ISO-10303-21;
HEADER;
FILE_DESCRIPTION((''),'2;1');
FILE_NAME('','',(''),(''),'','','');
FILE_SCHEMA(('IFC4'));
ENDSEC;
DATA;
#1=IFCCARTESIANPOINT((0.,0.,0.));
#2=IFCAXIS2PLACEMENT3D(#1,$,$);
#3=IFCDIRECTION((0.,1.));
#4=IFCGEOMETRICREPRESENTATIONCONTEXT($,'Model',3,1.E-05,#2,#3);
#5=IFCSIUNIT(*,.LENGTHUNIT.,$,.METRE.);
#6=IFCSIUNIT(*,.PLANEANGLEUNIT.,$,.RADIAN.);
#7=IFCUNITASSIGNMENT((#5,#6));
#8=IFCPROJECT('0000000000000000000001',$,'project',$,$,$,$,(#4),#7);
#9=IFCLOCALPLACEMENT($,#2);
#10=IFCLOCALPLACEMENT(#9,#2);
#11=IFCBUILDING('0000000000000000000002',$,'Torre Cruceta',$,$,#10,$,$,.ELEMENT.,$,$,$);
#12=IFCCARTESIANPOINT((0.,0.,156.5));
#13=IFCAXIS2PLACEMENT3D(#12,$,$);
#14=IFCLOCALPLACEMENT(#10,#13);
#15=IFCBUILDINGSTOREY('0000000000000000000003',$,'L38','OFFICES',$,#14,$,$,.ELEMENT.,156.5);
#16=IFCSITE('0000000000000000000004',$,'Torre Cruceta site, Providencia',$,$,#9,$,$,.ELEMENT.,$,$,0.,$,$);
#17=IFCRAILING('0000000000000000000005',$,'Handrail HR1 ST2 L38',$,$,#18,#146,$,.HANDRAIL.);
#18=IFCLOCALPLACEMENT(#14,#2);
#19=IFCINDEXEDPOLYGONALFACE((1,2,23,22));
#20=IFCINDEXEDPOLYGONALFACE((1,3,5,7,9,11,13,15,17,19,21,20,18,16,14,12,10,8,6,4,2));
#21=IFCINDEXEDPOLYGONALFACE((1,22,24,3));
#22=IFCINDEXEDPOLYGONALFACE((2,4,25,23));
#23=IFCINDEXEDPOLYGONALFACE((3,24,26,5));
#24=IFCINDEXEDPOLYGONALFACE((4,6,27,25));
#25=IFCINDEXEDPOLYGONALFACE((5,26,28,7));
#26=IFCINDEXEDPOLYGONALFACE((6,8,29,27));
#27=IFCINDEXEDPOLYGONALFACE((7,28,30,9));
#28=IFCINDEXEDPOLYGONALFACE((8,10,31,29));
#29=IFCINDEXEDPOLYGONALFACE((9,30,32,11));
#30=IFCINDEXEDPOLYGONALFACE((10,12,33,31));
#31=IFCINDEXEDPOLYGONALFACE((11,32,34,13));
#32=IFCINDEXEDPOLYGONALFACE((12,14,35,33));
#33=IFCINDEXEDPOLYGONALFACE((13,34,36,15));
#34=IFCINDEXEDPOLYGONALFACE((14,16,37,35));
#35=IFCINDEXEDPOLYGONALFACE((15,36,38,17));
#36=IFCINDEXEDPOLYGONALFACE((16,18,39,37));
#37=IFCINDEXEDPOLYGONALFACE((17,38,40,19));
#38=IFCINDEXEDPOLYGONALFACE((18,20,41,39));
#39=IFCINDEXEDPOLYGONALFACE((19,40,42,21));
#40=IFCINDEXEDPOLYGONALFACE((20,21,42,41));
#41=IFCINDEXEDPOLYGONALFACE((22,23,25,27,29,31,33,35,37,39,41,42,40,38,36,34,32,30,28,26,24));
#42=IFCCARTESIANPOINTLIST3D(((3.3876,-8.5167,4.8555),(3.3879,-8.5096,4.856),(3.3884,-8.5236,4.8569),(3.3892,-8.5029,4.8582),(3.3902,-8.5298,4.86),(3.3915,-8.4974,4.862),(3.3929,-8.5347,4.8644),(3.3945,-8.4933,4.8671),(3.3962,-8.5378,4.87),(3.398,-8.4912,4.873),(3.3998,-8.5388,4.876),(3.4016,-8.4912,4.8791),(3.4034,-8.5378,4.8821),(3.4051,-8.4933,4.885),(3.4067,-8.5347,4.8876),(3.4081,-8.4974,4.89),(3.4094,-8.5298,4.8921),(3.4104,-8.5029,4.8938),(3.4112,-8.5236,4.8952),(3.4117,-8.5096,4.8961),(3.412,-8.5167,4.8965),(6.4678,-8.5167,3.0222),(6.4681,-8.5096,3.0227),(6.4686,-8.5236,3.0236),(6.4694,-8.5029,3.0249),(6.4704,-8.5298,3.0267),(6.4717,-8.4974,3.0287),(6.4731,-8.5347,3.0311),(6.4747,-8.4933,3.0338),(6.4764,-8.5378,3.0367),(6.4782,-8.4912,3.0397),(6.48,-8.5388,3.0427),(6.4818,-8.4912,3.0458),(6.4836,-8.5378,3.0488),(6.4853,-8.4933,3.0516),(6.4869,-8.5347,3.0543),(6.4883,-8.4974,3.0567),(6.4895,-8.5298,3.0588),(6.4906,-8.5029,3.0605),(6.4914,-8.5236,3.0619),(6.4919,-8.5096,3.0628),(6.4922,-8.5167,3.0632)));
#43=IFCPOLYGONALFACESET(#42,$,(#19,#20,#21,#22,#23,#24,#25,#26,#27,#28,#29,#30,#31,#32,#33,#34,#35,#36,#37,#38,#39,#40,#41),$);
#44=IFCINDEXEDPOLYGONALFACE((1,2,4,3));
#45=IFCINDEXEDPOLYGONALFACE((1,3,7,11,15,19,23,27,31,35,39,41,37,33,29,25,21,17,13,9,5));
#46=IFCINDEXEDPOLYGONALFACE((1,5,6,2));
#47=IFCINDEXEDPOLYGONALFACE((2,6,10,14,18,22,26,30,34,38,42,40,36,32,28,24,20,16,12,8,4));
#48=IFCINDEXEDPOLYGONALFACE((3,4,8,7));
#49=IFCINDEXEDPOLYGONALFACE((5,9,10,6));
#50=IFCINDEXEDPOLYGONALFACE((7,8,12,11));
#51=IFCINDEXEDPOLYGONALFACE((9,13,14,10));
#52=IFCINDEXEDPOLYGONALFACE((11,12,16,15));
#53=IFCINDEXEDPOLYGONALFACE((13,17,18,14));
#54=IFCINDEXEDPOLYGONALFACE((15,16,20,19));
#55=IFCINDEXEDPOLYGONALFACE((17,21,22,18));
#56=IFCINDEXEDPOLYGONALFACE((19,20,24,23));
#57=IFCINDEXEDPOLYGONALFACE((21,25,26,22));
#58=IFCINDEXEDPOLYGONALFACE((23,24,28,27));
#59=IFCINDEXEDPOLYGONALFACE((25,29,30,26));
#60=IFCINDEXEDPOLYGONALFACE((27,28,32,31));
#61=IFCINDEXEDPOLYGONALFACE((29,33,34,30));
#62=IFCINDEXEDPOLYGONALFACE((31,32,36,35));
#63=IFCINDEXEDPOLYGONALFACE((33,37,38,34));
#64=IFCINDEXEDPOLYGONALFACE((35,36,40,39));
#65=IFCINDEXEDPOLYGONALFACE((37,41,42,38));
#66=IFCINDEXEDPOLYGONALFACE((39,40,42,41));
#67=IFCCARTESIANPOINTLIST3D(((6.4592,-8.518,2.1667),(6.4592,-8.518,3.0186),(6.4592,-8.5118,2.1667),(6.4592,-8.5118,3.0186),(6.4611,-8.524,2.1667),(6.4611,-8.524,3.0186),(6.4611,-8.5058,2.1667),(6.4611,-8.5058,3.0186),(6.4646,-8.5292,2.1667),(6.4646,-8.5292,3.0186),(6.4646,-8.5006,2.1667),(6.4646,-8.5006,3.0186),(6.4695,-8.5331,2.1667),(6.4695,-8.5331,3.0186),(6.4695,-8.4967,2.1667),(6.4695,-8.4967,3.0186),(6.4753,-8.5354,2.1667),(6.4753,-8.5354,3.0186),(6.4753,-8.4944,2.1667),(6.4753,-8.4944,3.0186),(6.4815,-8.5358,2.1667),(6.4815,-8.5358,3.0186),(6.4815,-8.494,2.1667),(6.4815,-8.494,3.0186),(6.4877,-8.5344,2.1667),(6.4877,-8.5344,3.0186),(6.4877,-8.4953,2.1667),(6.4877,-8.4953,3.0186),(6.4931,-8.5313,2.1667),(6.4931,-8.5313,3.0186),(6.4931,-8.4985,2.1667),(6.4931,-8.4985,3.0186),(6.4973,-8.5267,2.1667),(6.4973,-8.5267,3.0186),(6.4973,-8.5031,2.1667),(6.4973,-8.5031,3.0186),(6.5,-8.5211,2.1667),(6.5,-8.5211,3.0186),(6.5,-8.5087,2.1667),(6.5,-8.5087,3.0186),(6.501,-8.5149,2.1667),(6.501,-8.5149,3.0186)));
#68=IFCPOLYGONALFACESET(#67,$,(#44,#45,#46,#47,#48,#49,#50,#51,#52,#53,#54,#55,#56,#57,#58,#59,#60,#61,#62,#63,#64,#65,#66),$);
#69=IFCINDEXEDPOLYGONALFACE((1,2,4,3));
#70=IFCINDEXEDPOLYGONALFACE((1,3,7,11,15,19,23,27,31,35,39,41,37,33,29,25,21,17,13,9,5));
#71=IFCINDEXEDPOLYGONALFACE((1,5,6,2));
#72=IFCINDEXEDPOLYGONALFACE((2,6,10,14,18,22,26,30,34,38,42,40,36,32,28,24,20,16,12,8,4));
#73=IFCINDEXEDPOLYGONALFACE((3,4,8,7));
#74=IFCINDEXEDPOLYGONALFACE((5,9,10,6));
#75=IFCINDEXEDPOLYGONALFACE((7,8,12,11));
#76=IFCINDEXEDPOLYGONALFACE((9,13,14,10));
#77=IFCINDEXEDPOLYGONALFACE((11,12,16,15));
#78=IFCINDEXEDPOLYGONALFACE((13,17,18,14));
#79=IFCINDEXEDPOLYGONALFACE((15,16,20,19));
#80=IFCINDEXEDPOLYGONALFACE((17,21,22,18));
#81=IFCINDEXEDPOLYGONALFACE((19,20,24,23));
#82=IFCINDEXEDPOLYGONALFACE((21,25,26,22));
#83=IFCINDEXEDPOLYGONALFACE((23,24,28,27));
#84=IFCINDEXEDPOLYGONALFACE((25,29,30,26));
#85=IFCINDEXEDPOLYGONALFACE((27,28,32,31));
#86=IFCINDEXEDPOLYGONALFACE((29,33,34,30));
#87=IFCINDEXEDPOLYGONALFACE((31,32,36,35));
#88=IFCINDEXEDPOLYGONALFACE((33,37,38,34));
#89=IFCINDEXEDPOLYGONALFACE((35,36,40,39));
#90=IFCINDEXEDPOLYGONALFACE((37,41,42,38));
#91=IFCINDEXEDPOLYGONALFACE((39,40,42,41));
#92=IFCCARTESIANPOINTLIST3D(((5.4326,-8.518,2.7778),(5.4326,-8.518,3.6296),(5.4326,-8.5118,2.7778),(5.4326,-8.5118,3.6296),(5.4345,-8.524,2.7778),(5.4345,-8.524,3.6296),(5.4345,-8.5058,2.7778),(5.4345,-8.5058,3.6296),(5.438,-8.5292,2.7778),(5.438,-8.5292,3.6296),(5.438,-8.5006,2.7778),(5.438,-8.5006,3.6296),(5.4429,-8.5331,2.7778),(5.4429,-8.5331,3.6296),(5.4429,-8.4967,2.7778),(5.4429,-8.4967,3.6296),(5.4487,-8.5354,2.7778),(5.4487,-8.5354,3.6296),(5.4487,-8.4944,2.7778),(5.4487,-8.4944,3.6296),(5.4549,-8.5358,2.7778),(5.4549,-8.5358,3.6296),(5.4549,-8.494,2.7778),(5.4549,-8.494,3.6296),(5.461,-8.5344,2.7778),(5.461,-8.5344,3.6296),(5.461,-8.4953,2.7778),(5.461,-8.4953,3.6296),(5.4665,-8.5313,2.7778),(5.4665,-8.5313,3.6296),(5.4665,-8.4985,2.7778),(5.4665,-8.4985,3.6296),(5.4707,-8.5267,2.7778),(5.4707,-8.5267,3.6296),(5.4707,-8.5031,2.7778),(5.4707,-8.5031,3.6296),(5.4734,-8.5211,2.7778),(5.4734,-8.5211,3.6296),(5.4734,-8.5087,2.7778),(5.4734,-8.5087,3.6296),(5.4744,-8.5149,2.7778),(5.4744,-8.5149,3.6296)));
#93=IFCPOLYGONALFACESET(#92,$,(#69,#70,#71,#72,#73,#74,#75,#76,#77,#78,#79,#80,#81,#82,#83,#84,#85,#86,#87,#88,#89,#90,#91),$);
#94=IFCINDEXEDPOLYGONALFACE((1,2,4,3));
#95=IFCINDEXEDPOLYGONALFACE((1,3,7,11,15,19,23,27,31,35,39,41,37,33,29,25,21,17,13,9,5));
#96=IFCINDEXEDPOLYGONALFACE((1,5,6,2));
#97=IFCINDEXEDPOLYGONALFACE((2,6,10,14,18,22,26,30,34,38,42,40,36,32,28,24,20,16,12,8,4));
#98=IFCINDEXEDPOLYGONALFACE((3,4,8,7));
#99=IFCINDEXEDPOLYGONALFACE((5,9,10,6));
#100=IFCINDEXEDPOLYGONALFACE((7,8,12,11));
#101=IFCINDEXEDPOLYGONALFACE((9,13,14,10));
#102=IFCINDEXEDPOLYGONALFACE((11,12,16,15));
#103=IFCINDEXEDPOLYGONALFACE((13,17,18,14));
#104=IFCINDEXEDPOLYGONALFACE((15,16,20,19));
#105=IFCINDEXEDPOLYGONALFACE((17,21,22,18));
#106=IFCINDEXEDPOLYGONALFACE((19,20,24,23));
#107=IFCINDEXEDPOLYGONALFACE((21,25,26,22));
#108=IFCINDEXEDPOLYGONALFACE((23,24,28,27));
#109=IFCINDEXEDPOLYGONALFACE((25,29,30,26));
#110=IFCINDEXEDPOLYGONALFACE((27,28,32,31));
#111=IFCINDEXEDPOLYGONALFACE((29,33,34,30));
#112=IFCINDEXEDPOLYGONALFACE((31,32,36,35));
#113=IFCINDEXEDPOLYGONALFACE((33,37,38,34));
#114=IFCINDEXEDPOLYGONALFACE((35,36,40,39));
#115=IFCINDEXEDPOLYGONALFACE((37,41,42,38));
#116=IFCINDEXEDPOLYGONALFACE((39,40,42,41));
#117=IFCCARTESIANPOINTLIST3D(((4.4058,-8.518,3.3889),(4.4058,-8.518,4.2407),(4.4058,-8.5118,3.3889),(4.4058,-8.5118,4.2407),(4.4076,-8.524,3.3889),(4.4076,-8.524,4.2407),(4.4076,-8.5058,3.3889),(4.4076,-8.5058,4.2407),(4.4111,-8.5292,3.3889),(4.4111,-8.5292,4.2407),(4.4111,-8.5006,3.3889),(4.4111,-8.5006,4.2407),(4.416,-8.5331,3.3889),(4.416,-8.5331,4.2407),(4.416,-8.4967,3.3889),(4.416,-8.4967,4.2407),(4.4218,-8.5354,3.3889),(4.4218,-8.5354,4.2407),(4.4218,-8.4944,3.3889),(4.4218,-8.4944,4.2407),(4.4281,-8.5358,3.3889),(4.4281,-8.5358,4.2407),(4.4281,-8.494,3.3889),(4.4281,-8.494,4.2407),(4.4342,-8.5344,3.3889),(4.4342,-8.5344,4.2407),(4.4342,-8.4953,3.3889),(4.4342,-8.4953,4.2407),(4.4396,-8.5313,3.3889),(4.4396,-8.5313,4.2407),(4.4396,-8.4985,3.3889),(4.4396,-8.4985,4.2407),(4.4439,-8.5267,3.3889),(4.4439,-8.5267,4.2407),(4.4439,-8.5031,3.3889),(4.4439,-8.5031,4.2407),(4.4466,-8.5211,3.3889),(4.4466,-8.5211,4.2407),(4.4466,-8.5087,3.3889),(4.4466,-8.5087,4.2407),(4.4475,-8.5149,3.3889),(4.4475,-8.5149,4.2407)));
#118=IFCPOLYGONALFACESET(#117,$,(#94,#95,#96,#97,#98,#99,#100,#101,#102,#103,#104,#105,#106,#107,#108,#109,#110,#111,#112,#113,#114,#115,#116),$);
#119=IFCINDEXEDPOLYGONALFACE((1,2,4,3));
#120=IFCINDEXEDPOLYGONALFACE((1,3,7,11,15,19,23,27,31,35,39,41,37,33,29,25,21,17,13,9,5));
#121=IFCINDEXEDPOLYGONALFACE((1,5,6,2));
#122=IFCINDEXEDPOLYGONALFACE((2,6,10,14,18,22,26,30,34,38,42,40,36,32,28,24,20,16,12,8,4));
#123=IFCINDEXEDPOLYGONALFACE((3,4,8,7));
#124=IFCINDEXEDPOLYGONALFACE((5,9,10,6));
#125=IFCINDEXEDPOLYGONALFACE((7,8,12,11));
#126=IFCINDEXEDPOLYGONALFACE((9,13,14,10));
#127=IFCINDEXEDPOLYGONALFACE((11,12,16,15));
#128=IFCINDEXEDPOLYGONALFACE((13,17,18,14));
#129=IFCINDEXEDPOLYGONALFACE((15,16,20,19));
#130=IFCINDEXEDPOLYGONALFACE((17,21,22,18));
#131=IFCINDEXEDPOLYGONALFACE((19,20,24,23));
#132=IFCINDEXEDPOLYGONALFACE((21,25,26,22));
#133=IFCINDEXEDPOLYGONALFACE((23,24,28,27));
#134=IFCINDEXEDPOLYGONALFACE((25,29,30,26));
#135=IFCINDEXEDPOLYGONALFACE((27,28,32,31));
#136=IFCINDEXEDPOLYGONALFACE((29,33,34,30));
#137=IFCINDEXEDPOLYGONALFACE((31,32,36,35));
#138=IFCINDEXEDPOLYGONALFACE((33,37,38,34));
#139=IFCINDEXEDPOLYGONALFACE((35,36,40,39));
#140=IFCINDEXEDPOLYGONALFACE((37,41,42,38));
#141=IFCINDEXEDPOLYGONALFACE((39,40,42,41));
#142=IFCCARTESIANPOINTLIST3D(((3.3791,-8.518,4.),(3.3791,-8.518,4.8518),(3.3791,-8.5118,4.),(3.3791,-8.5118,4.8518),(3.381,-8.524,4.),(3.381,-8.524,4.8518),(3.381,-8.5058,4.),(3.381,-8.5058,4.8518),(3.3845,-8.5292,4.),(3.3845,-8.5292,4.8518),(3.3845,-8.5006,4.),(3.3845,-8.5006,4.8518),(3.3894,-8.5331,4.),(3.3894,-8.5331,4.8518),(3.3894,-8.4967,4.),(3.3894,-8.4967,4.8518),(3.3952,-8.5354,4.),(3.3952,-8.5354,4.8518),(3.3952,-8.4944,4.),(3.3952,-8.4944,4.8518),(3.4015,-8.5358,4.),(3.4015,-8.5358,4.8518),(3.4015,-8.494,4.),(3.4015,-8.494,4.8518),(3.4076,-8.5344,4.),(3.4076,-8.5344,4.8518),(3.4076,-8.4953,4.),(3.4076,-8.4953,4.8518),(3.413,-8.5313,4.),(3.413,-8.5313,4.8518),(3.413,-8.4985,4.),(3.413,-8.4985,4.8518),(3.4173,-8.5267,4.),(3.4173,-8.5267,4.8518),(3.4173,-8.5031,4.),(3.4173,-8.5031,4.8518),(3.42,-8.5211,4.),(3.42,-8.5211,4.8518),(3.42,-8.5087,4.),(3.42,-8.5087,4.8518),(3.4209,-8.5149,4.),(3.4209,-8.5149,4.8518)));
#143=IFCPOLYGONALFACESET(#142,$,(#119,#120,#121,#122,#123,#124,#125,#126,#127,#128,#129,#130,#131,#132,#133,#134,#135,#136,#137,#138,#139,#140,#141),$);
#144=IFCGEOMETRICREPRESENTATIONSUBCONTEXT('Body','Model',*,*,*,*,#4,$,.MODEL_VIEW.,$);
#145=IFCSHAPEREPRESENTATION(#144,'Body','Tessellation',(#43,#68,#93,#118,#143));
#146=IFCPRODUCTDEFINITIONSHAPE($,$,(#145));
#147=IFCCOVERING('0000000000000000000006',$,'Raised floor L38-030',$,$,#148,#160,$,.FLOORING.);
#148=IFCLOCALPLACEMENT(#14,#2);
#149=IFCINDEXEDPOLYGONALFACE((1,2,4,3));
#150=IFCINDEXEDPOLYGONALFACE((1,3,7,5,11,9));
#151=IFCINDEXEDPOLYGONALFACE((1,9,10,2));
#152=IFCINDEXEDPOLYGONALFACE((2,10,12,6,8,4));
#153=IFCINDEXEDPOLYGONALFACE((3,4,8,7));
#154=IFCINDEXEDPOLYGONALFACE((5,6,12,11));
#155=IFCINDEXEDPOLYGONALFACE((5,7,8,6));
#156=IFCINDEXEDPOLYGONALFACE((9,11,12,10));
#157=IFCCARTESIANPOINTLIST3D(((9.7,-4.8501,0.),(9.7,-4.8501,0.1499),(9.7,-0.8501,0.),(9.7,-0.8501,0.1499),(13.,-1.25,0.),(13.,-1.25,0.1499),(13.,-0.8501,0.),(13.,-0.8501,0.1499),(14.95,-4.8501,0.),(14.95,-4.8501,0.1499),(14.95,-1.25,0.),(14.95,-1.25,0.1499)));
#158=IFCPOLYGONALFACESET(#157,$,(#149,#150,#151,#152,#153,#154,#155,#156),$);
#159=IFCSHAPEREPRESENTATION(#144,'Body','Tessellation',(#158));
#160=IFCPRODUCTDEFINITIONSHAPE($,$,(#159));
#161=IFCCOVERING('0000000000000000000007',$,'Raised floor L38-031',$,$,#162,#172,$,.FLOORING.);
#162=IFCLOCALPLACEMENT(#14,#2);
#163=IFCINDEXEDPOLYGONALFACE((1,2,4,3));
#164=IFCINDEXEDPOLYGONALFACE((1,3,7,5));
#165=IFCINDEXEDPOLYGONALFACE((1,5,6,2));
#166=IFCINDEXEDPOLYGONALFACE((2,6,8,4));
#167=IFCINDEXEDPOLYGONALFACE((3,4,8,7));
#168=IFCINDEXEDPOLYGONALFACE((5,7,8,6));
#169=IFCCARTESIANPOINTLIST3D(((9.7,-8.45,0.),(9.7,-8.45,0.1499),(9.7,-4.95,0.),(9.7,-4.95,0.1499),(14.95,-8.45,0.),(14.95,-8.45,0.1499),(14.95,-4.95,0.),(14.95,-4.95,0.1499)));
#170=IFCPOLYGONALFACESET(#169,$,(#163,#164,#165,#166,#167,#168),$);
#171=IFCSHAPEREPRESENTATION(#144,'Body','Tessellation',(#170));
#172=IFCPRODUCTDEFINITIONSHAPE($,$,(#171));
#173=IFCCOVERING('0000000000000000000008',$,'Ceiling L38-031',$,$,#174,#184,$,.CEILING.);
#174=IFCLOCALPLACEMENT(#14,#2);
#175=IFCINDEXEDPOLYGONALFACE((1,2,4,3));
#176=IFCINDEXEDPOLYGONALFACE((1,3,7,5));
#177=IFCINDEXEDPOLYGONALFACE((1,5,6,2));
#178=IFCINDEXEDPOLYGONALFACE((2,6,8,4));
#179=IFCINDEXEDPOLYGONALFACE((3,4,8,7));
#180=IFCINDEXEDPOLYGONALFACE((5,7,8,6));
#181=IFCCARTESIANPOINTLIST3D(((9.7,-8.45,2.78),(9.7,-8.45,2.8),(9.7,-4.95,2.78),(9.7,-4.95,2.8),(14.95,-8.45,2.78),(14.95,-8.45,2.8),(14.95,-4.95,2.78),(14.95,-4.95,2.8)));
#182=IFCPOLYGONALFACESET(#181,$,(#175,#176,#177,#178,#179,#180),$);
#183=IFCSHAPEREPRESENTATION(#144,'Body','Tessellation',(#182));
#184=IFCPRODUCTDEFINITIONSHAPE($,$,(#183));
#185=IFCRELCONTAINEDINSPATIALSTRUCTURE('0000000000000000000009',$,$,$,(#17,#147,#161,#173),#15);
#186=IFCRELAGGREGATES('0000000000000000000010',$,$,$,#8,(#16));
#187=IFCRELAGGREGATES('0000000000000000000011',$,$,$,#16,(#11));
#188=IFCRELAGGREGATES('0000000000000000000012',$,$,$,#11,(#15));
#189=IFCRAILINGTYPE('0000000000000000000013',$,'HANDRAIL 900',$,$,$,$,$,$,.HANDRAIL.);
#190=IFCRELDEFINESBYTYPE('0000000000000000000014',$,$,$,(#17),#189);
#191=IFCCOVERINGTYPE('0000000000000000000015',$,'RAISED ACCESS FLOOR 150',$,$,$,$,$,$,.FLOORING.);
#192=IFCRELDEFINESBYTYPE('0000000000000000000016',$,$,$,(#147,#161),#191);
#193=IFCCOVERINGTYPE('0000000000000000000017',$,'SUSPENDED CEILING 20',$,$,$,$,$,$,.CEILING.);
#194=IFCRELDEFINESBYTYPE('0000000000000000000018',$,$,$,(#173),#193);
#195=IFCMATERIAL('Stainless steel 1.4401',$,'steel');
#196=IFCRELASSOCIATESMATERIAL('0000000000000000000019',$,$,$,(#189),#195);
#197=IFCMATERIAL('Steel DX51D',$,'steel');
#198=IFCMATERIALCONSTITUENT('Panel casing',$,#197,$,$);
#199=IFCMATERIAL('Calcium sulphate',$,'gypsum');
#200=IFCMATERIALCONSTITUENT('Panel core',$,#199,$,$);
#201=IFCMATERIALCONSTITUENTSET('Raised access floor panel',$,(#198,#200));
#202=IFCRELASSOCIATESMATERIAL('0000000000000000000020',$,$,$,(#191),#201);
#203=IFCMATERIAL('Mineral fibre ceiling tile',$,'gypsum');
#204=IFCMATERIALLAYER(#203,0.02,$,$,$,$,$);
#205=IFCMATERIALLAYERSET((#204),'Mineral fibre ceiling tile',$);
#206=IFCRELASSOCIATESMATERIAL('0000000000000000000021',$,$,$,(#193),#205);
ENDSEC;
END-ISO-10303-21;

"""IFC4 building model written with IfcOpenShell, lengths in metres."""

from ifc_helpers import new_model, si_unit, direction, frame, origin, origin_2d, place, context, subcontext, project, spatial, polyline, circle, outline, extrude, material, layer, layer_set, constituent, constituent_set, type_object, element, save


model = new_model("IFC4")

# Units and contexts
model_context = context("Model", 3, precision=1e-05, world=origin(), true_north=direction((0.0, 1.0)))
body_context = subcontext(model_context, "Body", "Model", "MODEL_VIEW")
ifc_project = project(units=[si_unit("LENGTHUNIT", "METRE"), si_unit("PLANEANGLEUNIT", "RADIAN")], contexts=[model_context])

# Site, building, storey
site_placement = place(None, origin())
site = spatial("IfcSite", under=ifc_project, at=site_placement, Name="Torre Cruceta site, Providencia", CompositionType="ELEMENT", RefElevation=0.0)
building_placement = place(site_placement, origin())
building = spatial("IfcBuilding", under=site, at=building_placement, Name="Torre Cruceta", CompositionType="ELEMENT")
storey_placement = place(building_placement, frame((0.0, 0.0, 156.5)))
storey = spatial("IfcBuildingStorey", under=building, at=storey_placement, Name="L38", Description="OFFICES", CompositionType="ELEMENT", Elevation=156.5)

# Railing
ifc_material_1 = material(Name="Stainless steel 1.4401", Category="steel")
railing_type = type_object("IfcRailingType", Name="HANDRAIL 900", PredefinedType="HANDRAIL", material=ifc_material_1)
railing_1_placement = place(storey_placement, frame((6.48, -8.5149, 2.1667)))
element("IfcRailing", 1, at=railing_1_placement, inside=storey, type_object=railing_type, Name="Handrail HR1 ST2 L38", PredefinedType="HANDRAIL", context=body_context, shape_type="SweptSolid", body=[
    extrude(circle(Radius=0.0239, at=origin_2d()), frame((0.0, 0.0, 0.876), z_axis=(-0.859309, 0.0, 0.511458), x_axis=(0.0, -1.0, 0.0)), (0.0, 0.0, 1.0), 3.5845),
    extrude(circle(Radius=0.021, at=origin_2d()), origin(), (0.0, 0.0, 1.0), 0.8518),
    extrude(circle(Radius=0.021, at=origin_2d()), frame((-1.0266, 0.0, 0.6111)), (0.0, 0.0, 1.0), 0.8518),
    extrude(circle(Radius=0.021, at=origin_2d()), frame((-2.0535, 0.0, 1.2222)), (0.0, 0.0, 1.0), 0.8518),
    extrude(circle(Radius=0.021, at=origin_2d()), frame((-3.0801, 0.0, 1.8333)), (0.0, 0.0, 1.0), 0.8518),
])

# Coverings
ifc_material_2 = material(Name="Steel DX51D", Category="steel")
ifc_constituent_1 = constituent(ifc_material_2, Name="Panel casing")
ifc_material_3 = material(Name="Calcium sulphate", Category="gypsum")
ifc_constituent_2 = constituent(ifc_material_3, Name="Panel core")
ifc_constituent_set_1 = constituent_set(constituents=[ifc_constituent_1, ifc_constituent_2], Name="Raised access floor panel")
covering_type_1 = type_object("IfcCoveringType", Name="RAISED ACCESS FLOOR 150", PredefinedType="FLOORING", material=ifc_constituent_set_1)
covering_1_placement = place(storey_placement, origin())
element("IfcCovering", 2, at=covering_1_placement, inside=storey, type_object=covering_type_1, Name="Raised floor L38-030", PredefinedType="FLOORING", context=body_context, shape_type="SweptSolid", body=[
    extrude(outline(polyline([(14.95, -4.8501), (9.7, -4.8501), (9.7, -0.8501), (13.0, -0.8501), (13.0, -1.25), (14.95, -1.25), (14.95, -4.8501)])), origin(), (0.0, 0.0, 1.0), 0.1499),
])
covering_2_placement = place(storey_placement, origin())
element("IfcCovering", 3, at=covering_2_placement, inside=storey, type_object=covering_type_1, Name="Raised floor L38-031", PredefinedType="FLOORING", context=body_context, shape_type="SweptSolid", body=[
    extrude(outline(polyline([(9.7, -8.45), (9.7, -4.95), (14.95, -4.95), (14.95, -8.45), (9.7, -8.45)])), origin(), (0.0, 0.0, 1.0), 0.1499),
])
ifc_material_4 = material(Name="Mineral fibre ceiling tile", Category="gypsum")
ifc_layer_1 = layer(ifc_material_4, 0.02)
ifc_layer_set_1 = layer_set([ifc_layer_1], Name="Mineral fibre ceiling tile")
covering_type_2 = type_object("IfcCoveringType", Name="SUSPENDED CEILING 20", PredefinedType="CEILING", material=ifc_layer_set_1)
covering_3_placement = place(storey_placement, frame((0.0, 0.0, 2.78)))
element("IfcCovering", 4, at=covering_3_placement, inside=storey, type_object=covering_type_2, Name="Ceiling L38-031", PredefinedType="CEILING", context=body_context, shape_type="SweptSolid", body=[
    extrude(outline(polyline([(9.7, -8.45), (9.7, -4.95), (14.95, -4.95), (14.95, -8.45), (9.7, -8.45)])), origin(), (0.0, 0.0, 1.0), 0.02),
])

save(model, "model.ifc")
